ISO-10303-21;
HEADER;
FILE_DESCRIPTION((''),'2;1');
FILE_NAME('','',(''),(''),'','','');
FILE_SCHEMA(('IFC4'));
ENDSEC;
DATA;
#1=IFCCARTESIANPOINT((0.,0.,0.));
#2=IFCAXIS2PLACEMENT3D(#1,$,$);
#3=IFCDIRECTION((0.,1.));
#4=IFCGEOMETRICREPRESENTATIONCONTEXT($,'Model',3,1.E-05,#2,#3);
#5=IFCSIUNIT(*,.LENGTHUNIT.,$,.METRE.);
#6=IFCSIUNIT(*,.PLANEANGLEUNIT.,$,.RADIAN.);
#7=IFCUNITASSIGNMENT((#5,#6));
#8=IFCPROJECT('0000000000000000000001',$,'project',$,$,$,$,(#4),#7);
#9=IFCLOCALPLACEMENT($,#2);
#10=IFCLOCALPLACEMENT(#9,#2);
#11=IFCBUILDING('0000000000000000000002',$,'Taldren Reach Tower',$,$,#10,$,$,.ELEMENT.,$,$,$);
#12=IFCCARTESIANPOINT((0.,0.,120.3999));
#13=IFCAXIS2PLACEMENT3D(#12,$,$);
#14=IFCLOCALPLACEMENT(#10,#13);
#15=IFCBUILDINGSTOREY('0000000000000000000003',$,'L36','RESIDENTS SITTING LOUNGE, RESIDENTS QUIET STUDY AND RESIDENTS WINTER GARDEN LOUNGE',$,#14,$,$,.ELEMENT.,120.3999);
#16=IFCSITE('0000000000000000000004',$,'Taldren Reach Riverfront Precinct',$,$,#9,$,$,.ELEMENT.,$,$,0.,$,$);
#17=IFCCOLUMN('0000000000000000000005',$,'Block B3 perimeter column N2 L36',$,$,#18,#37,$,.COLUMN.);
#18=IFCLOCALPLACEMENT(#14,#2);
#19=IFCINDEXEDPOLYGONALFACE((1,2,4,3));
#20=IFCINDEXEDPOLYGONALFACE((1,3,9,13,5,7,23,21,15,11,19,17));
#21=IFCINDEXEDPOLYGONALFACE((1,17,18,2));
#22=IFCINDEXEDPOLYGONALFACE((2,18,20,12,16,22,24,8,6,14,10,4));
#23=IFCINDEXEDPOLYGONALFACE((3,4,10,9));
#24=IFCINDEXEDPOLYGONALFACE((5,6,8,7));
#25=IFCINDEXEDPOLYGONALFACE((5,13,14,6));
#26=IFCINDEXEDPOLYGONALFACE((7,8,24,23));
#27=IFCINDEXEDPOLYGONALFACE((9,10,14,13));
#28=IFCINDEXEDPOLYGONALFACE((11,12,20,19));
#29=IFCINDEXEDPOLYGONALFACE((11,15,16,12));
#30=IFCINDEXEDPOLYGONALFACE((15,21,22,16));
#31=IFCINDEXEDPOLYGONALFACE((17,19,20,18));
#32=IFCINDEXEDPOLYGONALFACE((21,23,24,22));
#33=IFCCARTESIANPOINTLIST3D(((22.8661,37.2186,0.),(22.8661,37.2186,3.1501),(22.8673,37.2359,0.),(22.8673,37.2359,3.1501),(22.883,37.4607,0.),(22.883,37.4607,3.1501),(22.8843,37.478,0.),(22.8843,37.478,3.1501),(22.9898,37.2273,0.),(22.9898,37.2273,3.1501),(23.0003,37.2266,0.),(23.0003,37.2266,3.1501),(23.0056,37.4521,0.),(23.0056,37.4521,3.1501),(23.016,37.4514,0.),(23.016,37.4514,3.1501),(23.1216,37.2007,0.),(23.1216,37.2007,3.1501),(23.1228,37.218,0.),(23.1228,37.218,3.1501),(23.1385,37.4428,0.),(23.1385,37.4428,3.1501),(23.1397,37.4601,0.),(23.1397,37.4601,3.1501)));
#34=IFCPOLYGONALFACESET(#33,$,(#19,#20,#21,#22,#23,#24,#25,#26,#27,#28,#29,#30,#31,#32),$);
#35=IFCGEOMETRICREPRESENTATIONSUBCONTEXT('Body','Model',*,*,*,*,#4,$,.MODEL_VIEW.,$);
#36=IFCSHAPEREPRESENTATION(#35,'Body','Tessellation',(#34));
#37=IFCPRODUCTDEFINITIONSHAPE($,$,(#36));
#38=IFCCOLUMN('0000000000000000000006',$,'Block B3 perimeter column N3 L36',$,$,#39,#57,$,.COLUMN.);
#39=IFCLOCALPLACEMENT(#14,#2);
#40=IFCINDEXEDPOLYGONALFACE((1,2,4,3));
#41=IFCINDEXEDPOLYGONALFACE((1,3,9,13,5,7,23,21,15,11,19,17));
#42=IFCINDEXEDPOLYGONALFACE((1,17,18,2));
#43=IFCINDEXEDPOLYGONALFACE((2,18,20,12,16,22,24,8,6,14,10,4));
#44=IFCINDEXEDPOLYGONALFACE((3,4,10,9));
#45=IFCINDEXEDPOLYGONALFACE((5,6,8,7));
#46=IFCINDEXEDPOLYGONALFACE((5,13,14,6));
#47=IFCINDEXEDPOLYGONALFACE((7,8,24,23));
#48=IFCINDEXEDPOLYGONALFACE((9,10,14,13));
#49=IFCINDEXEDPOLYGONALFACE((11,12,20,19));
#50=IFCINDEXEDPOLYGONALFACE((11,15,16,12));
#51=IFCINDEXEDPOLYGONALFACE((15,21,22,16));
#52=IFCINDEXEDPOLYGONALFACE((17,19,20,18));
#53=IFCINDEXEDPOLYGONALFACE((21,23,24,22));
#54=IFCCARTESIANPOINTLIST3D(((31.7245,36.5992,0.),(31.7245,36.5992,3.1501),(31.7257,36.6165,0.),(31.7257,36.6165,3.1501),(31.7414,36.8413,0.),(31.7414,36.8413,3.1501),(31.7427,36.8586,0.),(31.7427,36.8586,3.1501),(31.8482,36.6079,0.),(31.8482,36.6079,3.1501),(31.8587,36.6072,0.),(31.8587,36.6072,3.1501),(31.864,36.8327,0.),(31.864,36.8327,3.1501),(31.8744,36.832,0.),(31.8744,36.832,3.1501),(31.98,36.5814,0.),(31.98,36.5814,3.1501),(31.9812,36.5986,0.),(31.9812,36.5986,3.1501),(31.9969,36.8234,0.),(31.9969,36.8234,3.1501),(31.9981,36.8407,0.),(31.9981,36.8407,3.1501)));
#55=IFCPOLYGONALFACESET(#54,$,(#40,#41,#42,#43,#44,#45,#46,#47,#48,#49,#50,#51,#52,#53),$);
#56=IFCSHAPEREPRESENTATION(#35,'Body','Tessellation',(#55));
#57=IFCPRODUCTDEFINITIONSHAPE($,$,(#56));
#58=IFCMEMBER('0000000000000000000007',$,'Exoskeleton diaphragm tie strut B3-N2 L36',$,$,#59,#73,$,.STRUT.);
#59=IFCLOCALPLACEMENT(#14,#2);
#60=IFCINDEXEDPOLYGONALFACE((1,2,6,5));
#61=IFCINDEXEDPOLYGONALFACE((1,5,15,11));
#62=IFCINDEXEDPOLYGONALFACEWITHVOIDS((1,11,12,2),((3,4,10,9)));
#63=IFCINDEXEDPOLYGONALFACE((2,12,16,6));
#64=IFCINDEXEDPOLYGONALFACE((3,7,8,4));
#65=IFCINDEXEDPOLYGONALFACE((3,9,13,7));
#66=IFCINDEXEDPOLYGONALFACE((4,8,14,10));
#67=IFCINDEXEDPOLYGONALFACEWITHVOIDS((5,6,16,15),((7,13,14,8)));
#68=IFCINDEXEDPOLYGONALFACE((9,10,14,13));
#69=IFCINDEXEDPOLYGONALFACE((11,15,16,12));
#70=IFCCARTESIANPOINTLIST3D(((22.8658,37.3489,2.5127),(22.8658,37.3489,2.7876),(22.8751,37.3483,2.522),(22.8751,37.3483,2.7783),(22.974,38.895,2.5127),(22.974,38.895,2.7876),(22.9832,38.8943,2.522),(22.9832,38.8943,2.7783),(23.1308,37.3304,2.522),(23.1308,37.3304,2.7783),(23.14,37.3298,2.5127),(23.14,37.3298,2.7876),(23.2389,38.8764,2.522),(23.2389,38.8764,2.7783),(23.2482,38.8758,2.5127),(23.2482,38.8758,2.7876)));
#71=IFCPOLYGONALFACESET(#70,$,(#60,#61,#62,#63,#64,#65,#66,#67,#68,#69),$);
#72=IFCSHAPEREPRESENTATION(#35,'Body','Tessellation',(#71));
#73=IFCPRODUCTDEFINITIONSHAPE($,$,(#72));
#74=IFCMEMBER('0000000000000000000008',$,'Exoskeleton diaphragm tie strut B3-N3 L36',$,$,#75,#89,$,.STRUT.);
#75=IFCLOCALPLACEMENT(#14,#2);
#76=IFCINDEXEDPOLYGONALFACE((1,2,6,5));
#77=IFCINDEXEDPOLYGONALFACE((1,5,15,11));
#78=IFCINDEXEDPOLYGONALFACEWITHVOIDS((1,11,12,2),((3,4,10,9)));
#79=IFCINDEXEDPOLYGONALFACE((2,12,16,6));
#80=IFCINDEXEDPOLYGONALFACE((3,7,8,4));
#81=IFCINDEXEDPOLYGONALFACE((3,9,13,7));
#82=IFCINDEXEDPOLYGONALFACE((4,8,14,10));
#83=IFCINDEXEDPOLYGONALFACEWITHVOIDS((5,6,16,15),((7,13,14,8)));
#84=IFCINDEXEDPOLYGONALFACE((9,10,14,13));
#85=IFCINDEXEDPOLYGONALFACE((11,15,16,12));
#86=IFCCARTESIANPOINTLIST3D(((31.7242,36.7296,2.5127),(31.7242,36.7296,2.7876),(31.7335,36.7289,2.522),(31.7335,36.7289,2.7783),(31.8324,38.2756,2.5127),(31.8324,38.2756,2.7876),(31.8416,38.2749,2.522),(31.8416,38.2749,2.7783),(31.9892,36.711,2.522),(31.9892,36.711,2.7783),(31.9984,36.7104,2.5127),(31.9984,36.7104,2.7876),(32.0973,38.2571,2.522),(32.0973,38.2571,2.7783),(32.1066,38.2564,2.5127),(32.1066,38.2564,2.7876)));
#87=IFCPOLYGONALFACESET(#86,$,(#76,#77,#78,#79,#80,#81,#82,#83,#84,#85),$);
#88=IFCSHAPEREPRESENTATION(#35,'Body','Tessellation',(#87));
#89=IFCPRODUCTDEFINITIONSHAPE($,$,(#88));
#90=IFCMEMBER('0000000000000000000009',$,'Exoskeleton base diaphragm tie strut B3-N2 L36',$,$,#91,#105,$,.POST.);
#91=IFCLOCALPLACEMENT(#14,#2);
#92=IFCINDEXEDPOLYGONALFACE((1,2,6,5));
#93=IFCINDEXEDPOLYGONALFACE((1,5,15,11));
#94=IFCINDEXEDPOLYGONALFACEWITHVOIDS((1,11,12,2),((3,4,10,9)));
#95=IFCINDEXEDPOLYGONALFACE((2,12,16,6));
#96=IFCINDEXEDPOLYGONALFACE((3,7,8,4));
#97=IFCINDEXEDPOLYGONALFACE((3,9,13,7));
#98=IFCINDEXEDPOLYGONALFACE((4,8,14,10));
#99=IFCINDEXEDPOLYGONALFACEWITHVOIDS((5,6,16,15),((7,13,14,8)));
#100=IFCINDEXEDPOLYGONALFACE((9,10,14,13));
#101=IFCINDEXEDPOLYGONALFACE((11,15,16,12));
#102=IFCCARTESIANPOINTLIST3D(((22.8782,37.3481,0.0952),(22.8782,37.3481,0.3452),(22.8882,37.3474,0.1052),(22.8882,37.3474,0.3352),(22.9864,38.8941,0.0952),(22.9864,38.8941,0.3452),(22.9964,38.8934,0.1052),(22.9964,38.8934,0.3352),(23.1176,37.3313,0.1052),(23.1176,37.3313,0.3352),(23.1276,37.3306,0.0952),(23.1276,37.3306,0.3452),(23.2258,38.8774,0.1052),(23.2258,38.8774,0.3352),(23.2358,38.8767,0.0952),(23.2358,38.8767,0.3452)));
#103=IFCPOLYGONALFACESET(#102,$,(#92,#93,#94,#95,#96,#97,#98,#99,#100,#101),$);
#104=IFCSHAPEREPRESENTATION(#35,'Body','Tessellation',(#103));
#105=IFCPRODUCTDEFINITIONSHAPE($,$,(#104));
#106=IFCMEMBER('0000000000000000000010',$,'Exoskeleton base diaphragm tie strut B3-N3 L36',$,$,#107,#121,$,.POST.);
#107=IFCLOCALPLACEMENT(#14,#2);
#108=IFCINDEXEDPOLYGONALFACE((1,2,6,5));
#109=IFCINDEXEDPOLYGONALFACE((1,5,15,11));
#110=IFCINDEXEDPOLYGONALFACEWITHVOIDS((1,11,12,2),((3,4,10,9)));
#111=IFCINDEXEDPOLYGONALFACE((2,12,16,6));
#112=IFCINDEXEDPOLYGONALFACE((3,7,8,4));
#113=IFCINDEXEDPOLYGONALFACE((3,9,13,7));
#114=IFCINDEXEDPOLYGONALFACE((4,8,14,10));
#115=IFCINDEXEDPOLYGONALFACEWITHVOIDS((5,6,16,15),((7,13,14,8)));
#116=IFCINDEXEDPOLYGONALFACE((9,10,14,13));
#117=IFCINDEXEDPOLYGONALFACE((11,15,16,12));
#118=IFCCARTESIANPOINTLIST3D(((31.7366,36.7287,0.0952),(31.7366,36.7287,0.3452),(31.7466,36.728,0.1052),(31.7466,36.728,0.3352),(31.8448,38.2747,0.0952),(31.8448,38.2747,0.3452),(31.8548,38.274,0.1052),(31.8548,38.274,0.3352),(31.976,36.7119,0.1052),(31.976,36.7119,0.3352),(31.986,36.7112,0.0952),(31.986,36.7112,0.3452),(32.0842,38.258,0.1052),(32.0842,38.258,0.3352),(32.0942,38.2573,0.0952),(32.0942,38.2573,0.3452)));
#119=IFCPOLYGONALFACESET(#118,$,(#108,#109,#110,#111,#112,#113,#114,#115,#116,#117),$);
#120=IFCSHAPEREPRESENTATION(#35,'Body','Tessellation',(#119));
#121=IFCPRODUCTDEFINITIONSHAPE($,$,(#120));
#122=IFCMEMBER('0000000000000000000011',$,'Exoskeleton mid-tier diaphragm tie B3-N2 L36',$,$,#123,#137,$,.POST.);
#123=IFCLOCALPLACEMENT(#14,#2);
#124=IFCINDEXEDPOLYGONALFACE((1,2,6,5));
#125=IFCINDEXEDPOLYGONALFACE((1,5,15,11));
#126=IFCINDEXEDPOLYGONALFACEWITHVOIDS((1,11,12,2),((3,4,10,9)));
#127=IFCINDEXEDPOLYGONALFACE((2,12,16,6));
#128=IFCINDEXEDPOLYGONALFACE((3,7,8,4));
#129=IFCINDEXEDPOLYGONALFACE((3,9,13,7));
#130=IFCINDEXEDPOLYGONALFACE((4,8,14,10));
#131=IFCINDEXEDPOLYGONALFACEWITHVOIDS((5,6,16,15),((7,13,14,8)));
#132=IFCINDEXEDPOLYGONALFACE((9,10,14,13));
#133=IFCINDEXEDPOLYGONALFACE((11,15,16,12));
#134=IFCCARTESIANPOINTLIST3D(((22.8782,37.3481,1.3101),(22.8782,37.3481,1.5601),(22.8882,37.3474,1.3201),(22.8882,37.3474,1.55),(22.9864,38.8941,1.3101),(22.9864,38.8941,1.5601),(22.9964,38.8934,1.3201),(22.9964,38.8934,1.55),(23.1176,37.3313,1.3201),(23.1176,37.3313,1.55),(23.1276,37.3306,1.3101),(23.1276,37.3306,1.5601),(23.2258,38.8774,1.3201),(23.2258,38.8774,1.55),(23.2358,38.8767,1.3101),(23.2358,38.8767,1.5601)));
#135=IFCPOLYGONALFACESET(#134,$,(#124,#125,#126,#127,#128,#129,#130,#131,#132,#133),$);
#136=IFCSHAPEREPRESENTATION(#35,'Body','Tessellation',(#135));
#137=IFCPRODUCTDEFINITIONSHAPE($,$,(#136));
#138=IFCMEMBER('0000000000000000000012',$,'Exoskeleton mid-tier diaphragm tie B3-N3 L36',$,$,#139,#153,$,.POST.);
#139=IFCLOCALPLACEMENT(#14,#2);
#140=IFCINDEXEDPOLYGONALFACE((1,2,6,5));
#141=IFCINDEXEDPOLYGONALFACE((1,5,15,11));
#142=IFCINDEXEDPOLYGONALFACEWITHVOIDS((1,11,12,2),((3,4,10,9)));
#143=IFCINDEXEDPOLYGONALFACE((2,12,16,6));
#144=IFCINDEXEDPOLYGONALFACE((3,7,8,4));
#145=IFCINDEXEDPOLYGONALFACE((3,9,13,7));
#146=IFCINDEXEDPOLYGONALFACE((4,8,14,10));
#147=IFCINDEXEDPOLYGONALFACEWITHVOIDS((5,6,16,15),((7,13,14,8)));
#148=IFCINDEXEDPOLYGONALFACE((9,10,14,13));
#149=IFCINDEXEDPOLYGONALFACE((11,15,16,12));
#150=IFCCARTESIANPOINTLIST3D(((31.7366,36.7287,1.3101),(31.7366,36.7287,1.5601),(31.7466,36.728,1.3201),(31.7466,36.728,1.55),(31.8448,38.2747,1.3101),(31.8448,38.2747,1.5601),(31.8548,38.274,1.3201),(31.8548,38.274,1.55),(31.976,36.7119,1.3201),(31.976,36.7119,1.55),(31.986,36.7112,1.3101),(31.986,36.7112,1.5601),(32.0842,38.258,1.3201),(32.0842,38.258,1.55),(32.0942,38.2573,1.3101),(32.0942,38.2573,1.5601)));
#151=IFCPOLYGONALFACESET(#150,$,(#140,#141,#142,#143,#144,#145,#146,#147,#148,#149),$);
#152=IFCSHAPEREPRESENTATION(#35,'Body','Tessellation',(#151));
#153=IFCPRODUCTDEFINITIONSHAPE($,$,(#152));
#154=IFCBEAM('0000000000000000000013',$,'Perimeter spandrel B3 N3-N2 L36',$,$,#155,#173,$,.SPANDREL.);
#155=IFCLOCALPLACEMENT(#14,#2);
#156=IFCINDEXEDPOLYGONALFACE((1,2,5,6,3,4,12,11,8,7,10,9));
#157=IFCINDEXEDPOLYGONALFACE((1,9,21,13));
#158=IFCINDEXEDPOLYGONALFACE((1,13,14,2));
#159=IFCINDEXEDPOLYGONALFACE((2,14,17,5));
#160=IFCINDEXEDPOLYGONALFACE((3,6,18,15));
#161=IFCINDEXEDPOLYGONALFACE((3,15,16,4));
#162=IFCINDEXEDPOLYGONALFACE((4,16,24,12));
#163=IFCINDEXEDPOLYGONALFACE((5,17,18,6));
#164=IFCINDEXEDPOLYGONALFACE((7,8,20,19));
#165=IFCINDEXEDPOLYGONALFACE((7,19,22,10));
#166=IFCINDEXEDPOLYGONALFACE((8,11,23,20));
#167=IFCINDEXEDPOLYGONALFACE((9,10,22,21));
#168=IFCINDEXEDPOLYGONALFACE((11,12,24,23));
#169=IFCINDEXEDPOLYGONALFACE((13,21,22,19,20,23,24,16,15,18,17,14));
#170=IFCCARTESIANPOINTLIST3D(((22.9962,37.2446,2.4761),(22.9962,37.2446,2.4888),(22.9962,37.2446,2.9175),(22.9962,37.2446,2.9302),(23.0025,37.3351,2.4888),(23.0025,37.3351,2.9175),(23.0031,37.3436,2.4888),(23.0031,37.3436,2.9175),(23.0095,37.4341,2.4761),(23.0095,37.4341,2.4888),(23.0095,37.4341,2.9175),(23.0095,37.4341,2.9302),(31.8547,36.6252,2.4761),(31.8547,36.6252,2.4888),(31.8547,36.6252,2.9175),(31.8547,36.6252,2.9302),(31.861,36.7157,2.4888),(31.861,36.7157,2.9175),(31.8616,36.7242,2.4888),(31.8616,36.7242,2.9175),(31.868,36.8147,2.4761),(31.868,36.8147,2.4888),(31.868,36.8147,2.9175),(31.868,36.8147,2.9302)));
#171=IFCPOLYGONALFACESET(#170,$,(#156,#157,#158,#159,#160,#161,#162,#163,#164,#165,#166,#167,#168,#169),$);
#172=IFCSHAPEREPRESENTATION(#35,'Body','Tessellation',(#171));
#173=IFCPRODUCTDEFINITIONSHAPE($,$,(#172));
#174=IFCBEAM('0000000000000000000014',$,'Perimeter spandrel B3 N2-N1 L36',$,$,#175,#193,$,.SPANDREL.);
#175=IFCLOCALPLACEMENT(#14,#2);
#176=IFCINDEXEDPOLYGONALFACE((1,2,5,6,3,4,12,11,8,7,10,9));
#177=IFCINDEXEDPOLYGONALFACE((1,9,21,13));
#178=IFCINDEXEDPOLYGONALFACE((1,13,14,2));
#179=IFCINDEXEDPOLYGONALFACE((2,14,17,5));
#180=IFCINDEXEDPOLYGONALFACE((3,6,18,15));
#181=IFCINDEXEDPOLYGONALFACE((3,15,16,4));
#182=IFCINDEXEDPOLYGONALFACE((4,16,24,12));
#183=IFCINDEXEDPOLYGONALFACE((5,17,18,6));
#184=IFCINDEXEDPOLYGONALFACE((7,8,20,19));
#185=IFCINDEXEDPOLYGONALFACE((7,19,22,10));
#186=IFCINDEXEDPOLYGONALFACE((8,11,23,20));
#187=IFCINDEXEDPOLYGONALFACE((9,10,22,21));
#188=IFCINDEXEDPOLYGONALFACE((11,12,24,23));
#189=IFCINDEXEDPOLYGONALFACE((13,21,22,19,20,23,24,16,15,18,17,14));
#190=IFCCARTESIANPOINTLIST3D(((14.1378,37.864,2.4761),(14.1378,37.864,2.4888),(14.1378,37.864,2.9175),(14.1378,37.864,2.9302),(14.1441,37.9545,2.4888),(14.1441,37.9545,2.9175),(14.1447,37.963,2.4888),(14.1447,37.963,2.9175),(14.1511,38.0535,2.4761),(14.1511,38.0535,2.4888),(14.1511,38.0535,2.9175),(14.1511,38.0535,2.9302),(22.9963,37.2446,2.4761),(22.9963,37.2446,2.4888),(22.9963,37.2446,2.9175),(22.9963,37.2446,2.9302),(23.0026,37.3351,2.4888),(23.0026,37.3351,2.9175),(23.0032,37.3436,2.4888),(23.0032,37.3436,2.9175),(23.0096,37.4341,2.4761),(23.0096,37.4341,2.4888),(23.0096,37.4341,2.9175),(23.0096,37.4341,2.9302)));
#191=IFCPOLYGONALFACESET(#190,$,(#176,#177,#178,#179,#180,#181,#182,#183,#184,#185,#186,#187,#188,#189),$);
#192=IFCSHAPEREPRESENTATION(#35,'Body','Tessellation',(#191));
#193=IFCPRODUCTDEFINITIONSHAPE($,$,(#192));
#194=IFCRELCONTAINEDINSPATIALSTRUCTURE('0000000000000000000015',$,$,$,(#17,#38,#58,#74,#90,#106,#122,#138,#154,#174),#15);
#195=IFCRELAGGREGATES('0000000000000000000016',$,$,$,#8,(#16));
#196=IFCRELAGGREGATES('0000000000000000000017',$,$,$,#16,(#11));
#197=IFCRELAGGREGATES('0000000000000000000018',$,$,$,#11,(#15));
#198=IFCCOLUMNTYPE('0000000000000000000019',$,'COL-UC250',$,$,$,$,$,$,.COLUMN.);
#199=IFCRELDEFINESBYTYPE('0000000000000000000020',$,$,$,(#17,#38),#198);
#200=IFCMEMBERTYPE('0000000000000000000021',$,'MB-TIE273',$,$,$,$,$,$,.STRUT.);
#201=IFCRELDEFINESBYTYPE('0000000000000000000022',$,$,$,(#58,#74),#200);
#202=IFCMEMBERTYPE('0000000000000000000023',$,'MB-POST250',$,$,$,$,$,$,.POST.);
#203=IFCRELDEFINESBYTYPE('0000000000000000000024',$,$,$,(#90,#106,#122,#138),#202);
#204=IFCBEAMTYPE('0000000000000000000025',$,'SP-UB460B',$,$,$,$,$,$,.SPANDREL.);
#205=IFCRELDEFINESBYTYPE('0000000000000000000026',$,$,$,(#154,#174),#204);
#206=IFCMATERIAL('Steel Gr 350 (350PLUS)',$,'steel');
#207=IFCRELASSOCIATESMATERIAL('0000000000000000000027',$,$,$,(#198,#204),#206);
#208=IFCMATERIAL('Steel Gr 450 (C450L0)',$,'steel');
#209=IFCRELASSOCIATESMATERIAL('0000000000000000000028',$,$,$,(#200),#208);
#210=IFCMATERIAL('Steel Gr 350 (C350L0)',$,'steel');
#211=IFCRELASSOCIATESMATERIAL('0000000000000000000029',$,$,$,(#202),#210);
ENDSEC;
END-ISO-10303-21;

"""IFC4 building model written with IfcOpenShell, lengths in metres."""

from ifc_helpers import new_model, si_unit, direction, frame, origin, origin_2d, place, context, subcontext, project, spatial, hollow_rectangle, i_section, extrude, source, transform, mapped, material, material_profile, profile_set, type_object, element, save


model = new_model("IFC4")

# Units and contexts
model_context = context("Model", 3, precision=1e-05, world=origin(), true_north=direction((0.0, 1.0)))
body_context = subcontext(model_context, "Body", "Model", "MODEL_VIEW")
ifc_project = project(units=[si_unit("LENGTHUNIT", "METRE"), si_unit("PLANEANGLEUNIT", "RADIAN")], contexts=[model_context])

# Site, building, storey
site_placement = place(None, origin())
site = spatial("IfcSite", under=ifc_project, at=site_placement, Name="Taldren Reach Riverfront Precinct", CompositionType="ELEMENT", RefElevation=0.0)
building_placement = place(site_placement, origin())
building = spatial("IfcBuilding", under=site, at=building_placement, Name="Taldren Reach Tower", CompositionType="ELEMENT")
storey_placement = place(building_placement, frame((0.0, 0.0, 120.3999)))
storey = spatial("IfcBuildingStorey", under=building, at=storey_placement, Name="L36", Description="RESIDENTS SITTING LOUNGE, RESIDENTS QUIET STUDY AND RESIDENTS WINTER GARDEN LOUNGE", CompositionType="ELEMENT", Elevation=120.3999)

# Columns
ifc_material_1 = material(Name="Steel Gr 350 (350PLUS)", Category="steel")
ifc_material_profile_1 = material_profile(ifc_material_1, i_section(OverallWidth=0.2561, OverallDepth=0.26, WebThickness=0.0105, FlangeThickness=0.0173, at=origin_2d()), Name="250UC89.5")
ifc_profile_set_1 = profile_set([ifc_material_profile_1], Name="Steel Gr 350 (350PLUS)")
column_type = type_object("IfcColumnType", Name="COL-UC250", PredefinedType="COLUMN", material=ifc_profile_set_1)
shared_shape_1 = source(origin(), body_context, "Body", "SweptSolid", [
    extrude(i_section(OverallWidth=0.2561, OverallDepth=0.26, WebThickness=0.0105, FlangeThickness=0.0173, at=origin_2d()), origin(), (0.0, 0.0, 1.0), 3.1501),
])
for number, where, z_axis, x_axis, name in (
    (1, (23.0029, 37.3394, 0.0), (0.0, 0.0, 1.0), (0.997564, -0.069756, 0.0), "Block B3 perimeter column N2 L36"),
    (2, (31.8613, 36.72, 0.0), (0.0, 0.0, 1.0), (0.997564, -0.069756, 0.0), "Block B3 perimeter column N3 L36"),
):
    element("IfcColumn", number, at=place(storey_placement, frame(where, z_axis=z_axis, x_axis=x_axis)), inside=storey, type_object=column_type, Name=name, PredefinedType="COLUMN", context=body_context, shape_type="MappedRepresentation", body=[
        mapped(shared_shape_1, transform((0.0, 0.0, 0.0), scale=1.0)),
    ])

# Members
ifc_material_2 = material(Name="Steel Gr 450 (C450L0)", Category="steel")
ifc_material_profile_2 = material_profile(ifc_material_2, hollow_rectangle(XDim=0.2749, YDim=0.2749, WallThickness=0.0093, at=origin_2d()), Name="275x275x9.3SHS")
ifc_profile_set_2 = profile_set([ifc_material_profile_2], Name="Steel Gr 450 (C450L0)")
member_type_1 = type_object("IfcMemberType", Name="MB-TIE273", PredefinedType="STRUT", material=ifc_profile_set_2)
shared_shape_2 = source(origin(), body_context, "Body", "SweptSolid", [
    extrude(hollow_rectangle(XDim=0.2749, YDim=0.2749, WallThickness=0.0093, at=origin_2d()), origin(), (0.0, 0.0, 1.0), 1.5498),
])
for number, where, z_axis, x_axis, name in (
    (3, (23.0029, 37.3394, 2.6501), (0.069781, 0.997562, 0.0), (-0.997562, 0.069781, 0.0), "Exoskeleton diaphragm tie strut B3-N2 L36"),
    (4, (31.8613, 36.72, 2.6501), (0.069781, 0.997562, 0.0), (-0.997562, 0.069781, 0.0), "Exoskeleton diaphragm tie strut B3-N3 L36"),
):
    element("IfcMember", number, at=place(storey_placement, frame(where, z_axis=z_axis, x_axis=x_axis)), inside=storey, type_object=member_type_1, Name=name, PredefinedType="STRUT", context=body_context, shape_type="MappedRepresentation", body=[
        mapped(shared_shape_2, transform((0.0, 0.0, 0.0), scale=1.0)),
    ])
ifc_material_3 = material(Name="Steel Gr 350 (C350L0)", Category="steel")
ifc_material_profile_3 = material_profile(ifc_material_3, hollow_rectangle(XDim=0.25, YDim=0.25, WallThickness=0.01, at=origin_2d()), Name="250x250x10.0SHS")
ifc_profile_set_3 = profile_set([ifc_material_profile_3], Name="Steel Gr 350 (C350L0)")
member_type_2 = type_object("IfcMemberType", Name="MB-POST250", PredefinedType="POST", material=ifc_profile_set_3)
shared_shape_3 = source(origin(), body_context, "Body", "SweptSolid", [
    extrude(hollow_rectangle(XDim=0.25, YDim=0.25, WallThickness=0.01, at=origin_2d()), origin(), (0.0, 0.0, 1.0), 1.5498),
])
for number, where, z_axis, x_axis, name in (
    (5, (23.0029, 37.3394, 0.2202), (0.069781, 0.997562, 0.0), (-0.997562, 0.069781, 0.0), "Exoskeleton base diaphragm tie strut B3-N2 L36"),
    (6, (31.8613, 36.72, 0.2202), (0.069781, 0.997562, 0.0), (-0.997562, 0.069781, 0.0), "Exoskeleton base diaphragm tie strut B3-N3 L36"),
    (7, (23.0029, 37.3394, 1.4351), (0.069781, 0.997562, 0.0), (-0.997562, 0.069781, 0.0), "Exoskeleton mid-tier diaphragm tie B3-N2 L36"),
    (8, (31.8613, 36.72, 1.4351), (0.069781, 0.997562, 0.0), (-0.997562, 0.069781, 0.0), "Exoskeleton mid-tier diaphragm tie B3-N3 L36"),
):
    element("IfcMember", number, at=place(storey_placement, frame(where, z_axis=z_axis, x_axis=x_axis)), inside=storey, type_object=member_type_2, Name=name, PredefinedType="POST", context=body_context, shape_type="MappedRepresentation", body=[
        mapped(shared_shape_3, transform((0.0, 0.0, 0.0), scale=1.0)),
    ])

# Beams
ifc_material_profile_4 = material_profile(ifc_material_1, i_section(OverallWidth=0.1899, OverallDepth=0.4541, WebThickness=0.0085, FlangeThickness=0.0127, at=origin_2d()), Name="460UB67.1")
ifc_profile_set_4 = profile_set([ifc_material_profile_4], Name="Steel Gr 350 (350PLUS)")
beam_type = type_object("IfcBeamType", Name="SP-UB460B", PredefinedType="SPANDREL", material=ifc_profile_set_4)
shared_shape_4 = source(origin(), body_context, "Body", "SweptSolid", [
    extrude(i_section(OverallWidth=0.1899, OverallDepth=0.4541, WebThickness=0.0085, FlangeThickness=0.0127, at=origin_2d()), origin(), (0.0, 0.0, 1.0), 8.8801),
])
for number, where, z_axis, x_axis, name in (
    (9, (31.8613, 36.72, 2.7031), (-0.997564, 0.06975, 0.0), (-0.06975, -0.997564, 0.0), "Perimeter spandrel B3 N3-N2 L36"),
    (10, (23.0029, 37.3394, 2.7031), (-0.997564, 0.06975, 0.0), (-0.06975, -0.997564, 0.0), "Perimeter spandrel B3 N2-N1 L36"),
):
    element("IfcBeam", number, at=place(storey_placement, frame(where, z_axis=z_axis, x_axis=x_axis)), inside=storey, type_object=beam_type, Name=name, PredefinedType="SPANDREL", context=body_context, shape_type="MappedRepresentation", body=[
        mapped(shared_shape_4, transform((0.0, 0.0, 0.0), scale=1.0)),
    ])

save(model, "model.ifc")
